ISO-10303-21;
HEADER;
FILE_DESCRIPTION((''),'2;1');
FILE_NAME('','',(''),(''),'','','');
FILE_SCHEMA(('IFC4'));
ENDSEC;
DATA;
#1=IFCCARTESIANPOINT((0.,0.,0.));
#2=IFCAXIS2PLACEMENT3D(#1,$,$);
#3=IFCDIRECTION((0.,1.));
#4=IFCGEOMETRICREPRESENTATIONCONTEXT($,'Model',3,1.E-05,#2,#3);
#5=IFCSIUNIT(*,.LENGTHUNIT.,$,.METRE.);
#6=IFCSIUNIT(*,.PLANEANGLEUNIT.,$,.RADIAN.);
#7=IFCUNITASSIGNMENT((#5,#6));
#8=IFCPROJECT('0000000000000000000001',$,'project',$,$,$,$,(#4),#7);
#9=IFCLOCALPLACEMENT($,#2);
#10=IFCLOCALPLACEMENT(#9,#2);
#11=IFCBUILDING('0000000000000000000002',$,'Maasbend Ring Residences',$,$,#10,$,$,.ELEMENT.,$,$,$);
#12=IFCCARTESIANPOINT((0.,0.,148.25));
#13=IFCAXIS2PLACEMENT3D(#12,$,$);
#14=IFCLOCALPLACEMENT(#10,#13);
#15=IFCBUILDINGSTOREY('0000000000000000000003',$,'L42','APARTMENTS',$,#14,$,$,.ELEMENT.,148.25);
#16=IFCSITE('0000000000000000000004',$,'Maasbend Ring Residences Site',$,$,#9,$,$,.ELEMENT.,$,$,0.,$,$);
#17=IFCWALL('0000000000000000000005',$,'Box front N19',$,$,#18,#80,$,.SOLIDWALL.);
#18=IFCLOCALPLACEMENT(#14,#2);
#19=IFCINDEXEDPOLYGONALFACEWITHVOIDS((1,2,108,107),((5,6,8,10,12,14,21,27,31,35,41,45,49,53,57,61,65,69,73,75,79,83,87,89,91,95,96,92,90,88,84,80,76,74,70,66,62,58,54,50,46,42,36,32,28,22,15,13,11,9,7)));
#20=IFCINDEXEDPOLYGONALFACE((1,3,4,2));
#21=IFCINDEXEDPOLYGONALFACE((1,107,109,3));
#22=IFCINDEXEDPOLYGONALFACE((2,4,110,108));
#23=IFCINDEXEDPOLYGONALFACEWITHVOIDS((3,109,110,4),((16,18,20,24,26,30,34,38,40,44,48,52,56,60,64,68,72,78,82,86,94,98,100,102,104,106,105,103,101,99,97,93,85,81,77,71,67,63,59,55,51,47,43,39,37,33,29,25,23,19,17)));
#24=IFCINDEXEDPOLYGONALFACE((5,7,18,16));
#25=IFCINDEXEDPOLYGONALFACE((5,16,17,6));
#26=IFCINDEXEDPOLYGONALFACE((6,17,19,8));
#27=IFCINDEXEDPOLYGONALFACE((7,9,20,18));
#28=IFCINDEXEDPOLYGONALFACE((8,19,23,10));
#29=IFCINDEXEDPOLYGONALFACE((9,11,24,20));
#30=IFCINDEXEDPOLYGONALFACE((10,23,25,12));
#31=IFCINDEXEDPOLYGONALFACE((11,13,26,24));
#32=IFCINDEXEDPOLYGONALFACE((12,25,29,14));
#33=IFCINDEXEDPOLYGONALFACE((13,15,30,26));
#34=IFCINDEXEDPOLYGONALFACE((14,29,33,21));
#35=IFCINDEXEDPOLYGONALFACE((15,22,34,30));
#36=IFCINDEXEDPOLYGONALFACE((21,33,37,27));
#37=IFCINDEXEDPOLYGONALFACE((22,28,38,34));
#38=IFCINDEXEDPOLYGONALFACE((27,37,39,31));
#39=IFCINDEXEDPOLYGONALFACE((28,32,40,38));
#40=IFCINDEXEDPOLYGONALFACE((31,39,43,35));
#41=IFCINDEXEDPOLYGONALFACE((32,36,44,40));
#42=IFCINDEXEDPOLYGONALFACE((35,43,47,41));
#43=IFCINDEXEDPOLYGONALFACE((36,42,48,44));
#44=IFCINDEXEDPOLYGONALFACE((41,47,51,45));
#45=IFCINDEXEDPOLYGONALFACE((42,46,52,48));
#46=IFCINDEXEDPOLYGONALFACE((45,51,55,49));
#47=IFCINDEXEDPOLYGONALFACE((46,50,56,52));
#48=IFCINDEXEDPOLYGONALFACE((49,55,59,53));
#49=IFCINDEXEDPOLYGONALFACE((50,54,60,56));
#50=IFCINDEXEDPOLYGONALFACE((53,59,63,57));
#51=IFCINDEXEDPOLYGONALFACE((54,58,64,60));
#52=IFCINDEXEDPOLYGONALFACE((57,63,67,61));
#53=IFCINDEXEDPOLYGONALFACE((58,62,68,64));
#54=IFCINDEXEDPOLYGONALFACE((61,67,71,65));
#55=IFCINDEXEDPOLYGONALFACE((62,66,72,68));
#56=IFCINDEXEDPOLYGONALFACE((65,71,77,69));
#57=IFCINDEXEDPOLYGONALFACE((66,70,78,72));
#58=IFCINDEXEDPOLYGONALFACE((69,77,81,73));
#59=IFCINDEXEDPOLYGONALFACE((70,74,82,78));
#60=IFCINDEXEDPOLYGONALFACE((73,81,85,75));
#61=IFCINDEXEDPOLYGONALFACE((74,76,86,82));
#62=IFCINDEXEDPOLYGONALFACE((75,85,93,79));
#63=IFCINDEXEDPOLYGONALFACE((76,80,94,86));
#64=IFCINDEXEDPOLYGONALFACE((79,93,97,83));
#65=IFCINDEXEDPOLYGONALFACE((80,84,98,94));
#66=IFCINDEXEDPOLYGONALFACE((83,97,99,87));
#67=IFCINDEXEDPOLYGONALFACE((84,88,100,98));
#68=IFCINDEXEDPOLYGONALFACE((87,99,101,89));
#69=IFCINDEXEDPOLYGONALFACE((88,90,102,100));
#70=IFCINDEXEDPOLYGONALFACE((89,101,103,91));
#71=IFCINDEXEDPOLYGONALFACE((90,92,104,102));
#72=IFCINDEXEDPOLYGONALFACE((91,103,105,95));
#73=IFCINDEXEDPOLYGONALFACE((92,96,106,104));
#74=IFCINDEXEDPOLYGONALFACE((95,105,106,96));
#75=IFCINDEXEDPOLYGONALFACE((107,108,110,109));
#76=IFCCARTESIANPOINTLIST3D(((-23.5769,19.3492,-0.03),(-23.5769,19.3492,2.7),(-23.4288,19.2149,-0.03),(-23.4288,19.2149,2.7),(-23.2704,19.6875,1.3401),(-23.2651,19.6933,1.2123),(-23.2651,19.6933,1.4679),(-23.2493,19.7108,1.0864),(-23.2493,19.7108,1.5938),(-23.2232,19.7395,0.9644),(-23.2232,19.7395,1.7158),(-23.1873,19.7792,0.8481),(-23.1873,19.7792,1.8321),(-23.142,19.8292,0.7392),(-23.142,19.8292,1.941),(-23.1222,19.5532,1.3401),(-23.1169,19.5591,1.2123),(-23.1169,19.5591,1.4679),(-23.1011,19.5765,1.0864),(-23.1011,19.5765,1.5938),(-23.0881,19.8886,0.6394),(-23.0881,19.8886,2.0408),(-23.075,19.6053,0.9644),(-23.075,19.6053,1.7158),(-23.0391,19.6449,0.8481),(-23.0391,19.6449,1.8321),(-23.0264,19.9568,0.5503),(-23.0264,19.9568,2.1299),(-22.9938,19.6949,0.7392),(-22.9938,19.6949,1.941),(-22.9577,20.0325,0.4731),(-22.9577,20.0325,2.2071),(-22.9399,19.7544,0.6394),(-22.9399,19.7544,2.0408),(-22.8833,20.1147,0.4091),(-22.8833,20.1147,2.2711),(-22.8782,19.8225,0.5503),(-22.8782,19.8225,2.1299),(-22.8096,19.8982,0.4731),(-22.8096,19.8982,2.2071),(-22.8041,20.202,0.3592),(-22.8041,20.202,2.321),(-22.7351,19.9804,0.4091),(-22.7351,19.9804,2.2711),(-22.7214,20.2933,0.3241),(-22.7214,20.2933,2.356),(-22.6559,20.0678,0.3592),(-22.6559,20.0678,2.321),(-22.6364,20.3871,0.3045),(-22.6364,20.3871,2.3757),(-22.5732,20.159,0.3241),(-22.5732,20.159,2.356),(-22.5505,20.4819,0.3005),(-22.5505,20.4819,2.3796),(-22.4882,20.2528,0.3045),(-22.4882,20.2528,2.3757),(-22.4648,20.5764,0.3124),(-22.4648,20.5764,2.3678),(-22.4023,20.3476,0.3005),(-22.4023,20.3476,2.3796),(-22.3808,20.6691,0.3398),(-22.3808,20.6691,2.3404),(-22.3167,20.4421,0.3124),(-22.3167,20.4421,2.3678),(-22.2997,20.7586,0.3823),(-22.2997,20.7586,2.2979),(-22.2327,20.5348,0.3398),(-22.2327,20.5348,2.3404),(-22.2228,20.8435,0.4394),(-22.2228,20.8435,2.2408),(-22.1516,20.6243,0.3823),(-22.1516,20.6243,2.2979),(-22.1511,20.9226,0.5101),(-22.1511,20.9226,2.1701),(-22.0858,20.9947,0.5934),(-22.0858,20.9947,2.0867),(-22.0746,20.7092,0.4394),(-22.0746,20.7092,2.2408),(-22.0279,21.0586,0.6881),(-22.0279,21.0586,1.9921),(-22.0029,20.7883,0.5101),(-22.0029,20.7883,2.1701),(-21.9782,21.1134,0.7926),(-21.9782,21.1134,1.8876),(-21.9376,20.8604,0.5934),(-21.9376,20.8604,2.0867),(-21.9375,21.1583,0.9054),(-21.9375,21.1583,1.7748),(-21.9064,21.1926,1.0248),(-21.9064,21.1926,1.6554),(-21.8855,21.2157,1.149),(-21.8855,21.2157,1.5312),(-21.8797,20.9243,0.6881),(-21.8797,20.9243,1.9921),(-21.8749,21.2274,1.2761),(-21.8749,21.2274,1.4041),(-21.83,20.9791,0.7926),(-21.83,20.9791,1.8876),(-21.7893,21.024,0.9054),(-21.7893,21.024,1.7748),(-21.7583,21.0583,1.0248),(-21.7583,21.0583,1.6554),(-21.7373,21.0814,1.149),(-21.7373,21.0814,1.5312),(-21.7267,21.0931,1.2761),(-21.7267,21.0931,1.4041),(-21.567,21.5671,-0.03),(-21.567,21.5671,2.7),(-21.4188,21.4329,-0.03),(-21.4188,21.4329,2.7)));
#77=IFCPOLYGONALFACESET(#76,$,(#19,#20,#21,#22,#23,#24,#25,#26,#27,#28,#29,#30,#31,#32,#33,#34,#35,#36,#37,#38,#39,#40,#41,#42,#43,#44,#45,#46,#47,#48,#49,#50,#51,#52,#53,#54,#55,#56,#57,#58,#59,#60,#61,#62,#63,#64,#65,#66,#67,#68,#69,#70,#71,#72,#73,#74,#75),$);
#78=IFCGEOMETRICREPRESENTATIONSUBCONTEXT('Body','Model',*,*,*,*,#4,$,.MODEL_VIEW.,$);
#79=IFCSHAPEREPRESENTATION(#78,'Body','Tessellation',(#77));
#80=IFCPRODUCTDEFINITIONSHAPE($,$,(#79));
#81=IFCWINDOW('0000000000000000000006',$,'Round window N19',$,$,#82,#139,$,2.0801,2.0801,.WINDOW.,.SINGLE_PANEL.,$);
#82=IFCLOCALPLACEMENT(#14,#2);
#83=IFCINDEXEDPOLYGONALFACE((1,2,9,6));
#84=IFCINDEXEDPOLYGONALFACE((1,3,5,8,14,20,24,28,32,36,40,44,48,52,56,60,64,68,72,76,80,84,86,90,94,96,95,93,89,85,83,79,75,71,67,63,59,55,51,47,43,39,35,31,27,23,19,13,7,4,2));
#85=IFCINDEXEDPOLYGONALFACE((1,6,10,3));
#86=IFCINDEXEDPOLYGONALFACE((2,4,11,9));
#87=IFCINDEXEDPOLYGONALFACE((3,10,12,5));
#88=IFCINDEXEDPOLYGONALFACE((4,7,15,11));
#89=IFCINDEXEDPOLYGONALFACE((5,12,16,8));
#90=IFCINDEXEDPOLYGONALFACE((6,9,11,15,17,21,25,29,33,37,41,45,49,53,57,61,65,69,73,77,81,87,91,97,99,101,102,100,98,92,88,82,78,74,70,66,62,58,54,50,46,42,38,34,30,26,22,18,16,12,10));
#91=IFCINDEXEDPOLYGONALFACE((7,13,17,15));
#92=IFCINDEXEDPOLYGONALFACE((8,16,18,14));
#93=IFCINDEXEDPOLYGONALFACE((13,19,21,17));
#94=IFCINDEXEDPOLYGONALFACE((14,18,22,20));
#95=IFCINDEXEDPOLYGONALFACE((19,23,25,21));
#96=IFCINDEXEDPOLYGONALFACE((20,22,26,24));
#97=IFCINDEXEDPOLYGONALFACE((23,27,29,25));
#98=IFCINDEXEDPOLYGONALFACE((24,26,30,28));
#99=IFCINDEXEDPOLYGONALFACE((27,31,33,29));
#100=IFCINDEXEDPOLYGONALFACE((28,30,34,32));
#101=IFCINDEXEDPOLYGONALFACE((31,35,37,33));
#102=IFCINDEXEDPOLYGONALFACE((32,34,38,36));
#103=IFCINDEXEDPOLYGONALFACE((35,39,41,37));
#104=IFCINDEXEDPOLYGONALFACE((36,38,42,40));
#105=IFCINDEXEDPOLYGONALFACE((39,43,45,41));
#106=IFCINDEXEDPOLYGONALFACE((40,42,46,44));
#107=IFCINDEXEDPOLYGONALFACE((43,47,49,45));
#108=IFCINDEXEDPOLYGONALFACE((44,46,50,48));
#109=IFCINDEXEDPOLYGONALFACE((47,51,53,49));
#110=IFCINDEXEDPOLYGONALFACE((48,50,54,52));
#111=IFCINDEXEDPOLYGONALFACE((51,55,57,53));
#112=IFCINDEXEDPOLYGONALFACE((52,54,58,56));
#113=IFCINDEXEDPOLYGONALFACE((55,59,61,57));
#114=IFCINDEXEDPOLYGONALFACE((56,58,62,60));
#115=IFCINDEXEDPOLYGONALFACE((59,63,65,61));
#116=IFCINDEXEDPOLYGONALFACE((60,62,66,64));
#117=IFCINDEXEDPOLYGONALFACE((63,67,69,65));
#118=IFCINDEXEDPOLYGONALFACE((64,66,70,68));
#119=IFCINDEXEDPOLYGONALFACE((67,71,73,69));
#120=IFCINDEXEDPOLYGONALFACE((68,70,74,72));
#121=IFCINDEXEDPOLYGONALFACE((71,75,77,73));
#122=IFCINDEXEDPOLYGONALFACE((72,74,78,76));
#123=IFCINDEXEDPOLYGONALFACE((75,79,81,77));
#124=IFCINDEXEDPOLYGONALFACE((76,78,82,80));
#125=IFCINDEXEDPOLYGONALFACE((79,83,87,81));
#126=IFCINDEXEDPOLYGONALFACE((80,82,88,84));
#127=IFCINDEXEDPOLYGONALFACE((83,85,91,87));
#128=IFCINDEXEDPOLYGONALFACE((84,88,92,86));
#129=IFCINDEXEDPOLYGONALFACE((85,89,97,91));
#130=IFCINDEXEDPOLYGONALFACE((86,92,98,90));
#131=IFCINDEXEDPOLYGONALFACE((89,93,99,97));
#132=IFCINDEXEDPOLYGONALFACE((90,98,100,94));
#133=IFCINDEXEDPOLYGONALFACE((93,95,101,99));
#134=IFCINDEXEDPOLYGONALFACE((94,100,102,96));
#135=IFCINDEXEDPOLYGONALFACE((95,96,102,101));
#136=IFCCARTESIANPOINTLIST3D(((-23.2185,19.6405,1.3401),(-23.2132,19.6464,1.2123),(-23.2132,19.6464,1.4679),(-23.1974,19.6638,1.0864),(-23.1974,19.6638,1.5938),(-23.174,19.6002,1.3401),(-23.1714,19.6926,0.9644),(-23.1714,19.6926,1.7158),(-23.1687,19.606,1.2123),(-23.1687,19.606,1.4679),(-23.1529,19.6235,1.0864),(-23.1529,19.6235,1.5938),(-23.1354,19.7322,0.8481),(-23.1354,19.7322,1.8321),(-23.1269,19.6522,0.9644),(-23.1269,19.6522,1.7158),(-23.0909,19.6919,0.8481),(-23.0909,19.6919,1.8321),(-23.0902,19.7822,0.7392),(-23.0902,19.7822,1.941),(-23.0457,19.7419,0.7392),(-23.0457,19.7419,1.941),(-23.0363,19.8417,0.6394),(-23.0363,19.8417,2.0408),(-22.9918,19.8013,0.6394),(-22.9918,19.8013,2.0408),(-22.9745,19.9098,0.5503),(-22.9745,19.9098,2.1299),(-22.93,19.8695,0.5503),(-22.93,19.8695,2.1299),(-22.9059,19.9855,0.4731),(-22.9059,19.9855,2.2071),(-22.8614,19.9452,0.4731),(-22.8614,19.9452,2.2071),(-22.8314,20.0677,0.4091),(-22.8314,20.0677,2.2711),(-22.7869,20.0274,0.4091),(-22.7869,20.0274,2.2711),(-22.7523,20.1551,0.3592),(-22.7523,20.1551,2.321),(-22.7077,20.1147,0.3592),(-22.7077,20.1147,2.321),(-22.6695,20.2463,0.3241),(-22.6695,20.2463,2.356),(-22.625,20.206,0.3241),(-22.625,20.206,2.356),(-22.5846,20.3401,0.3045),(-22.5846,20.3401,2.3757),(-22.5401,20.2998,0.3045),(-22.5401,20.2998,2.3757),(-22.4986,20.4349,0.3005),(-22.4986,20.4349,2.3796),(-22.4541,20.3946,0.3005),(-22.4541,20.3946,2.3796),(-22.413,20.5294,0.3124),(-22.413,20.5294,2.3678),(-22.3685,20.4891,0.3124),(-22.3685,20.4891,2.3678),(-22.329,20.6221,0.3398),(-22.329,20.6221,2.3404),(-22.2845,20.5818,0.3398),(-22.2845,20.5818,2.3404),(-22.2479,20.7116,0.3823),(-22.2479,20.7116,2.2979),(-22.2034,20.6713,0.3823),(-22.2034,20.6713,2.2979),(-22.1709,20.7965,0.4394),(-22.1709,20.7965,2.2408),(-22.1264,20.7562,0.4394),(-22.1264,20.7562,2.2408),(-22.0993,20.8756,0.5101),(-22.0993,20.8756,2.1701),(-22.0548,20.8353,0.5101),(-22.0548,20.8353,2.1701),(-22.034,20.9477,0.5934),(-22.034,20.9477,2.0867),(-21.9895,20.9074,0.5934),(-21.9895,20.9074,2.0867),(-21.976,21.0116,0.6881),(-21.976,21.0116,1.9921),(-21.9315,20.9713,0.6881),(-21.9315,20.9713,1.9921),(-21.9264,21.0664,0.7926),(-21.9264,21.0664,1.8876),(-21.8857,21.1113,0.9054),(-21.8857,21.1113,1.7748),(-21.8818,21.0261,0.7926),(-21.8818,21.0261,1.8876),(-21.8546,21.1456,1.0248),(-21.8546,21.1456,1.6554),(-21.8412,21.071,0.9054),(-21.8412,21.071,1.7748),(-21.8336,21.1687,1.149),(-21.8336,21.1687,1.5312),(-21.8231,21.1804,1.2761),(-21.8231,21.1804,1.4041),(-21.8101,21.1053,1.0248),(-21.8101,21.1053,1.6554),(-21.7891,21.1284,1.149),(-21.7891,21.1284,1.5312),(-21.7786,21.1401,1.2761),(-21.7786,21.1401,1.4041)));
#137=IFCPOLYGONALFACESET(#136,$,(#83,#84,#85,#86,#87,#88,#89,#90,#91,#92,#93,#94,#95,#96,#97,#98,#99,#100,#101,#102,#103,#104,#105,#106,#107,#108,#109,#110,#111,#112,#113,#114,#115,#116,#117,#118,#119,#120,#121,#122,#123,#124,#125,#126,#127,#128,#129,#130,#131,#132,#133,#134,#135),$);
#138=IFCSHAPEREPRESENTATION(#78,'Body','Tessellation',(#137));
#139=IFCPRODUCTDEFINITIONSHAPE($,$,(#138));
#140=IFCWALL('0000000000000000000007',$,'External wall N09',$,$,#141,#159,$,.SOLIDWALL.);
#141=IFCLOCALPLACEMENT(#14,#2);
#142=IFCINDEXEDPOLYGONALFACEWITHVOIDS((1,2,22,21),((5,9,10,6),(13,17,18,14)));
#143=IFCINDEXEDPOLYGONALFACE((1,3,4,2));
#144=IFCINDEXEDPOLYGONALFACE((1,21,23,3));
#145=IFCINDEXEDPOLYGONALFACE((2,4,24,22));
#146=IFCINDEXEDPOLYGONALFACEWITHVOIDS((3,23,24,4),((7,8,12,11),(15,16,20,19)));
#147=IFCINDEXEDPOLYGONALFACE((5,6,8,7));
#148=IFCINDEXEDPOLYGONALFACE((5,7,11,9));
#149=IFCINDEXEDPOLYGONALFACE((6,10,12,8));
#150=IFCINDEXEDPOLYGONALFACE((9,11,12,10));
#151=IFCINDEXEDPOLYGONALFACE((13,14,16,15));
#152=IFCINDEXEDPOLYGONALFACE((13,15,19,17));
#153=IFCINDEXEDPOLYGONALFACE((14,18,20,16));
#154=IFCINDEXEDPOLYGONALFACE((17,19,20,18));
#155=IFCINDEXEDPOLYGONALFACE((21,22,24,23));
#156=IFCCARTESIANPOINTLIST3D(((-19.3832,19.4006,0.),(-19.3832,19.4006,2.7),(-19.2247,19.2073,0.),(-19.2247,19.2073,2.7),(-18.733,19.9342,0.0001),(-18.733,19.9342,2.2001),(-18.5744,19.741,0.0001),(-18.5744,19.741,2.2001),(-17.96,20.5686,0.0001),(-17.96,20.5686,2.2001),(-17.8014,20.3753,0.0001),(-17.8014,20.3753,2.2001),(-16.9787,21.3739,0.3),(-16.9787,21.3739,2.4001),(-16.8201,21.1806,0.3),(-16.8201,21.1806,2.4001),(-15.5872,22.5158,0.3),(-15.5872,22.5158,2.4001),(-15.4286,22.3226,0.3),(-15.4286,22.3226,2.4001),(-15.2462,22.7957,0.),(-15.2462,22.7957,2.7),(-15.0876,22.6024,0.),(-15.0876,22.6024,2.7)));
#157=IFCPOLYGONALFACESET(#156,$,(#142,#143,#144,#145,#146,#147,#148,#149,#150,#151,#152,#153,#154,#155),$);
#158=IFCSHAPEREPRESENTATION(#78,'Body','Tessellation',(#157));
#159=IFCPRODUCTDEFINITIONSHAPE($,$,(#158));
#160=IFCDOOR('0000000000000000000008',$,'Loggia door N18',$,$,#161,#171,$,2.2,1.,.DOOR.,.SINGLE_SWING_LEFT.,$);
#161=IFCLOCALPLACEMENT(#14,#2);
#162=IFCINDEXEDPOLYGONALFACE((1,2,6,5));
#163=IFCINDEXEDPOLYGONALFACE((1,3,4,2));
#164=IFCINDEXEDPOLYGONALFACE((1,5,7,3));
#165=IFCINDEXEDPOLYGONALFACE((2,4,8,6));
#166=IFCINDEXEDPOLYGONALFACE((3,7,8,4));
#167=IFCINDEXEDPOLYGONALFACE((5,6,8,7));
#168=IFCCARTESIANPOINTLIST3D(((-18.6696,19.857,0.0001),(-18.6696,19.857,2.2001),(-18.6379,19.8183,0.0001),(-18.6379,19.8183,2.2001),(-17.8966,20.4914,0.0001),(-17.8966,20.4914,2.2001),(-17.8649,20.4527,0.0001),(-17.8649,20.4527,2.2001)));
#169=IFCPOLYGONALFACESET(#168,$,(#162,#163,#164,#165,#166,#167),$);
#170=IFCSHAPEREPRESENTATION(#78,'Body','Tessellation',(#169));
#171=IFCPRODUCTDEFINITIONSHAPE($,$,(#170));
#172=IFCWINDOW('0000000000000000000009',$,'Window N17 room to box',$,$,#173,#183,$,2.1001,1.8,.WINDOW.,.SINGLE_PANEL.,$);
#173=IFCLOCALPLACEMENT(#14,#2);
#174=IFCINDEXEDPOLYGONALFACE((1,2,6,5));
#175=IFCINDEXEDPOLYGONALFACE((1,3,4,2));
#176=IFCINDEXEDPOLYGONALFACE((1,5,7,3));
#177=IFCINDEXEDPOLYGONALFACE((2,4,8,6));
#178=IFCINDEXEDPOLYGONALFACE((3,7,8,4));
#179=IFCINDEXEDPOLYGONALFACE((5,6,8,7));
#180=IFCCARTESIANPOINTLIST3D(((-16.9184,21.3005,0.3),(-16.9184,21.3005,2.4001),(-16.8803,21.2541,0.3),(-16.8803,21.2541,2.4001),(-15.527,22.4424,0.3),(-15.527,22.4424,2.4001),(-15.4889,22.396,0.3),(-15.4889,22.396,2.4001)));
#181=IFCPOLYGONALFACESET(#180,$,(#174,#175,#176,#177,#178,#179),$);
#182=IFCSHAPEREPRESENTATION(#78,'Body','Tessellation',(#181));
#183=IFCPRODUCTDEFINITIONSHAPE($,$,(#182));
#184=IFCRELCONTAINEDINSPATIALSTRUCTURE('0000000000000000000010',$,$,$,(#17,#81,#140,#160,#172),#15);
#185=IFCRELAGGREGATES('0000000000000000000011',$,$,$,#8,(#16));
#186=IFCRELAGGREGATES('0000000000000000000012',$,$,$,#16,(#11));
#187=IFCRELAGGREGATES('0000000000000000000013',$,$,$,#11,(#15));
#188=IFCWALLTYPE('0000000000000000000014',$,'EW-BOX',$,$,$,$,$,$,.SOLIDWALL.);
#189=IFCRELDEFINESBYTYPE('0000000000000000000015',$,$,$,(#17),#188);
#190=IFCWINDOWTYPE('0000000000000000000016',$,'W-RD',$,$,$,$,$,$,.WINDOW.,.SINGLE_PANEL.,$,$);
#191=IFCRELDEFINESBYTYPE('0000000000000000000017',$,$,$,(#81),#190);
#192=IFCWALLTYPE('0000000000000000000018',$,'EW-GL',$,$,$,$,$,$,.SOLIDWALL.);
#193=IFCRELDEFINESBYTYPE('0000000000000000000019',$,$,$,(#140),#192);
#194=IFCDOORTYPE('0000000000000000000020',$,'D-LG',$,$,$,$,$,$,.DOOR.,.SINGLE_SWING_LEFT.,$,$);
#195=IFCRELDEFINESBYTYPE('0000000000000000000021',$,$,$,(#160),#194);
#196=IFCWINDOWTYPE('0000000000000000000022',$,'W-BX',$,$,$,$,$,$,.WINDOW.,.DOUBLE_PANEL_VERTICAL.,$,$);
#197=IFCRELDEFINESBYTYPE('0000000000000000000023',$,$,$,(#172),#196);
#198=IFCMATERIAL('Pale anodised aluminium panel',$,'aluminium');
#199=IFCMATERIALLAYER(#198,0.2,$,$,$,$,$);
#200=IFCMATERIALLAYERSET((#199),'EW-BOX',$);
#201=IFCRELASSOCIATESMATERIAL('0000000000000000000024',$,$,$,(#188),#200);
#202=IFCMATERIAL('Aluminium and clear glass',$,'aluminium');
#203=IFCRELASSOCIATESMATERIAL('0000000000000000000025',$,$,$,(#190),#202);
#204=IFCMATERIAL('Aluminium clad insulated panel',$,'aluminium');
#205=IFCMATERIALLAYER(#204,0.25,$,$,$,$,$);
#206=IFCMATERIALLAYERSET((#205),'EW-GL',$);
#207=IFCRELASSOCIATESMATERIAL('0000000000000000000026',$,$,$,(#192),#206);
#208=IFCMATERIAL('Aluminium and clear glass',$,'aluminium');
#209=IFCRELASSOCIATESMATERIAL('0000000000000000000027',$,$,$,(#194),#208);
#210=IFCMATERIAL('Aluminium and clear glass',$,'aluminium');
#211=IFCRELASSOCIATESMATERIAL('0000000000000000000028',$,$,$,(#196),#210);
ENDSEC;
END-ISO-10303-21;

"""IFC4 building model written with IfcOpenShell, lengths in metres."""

from ifc_helpers import new_model, si_unit, direction, frame, frame_2d, origin, place, context, subcontext, project, spatial, rectangle, circle, extrude, material, layer, layer_set, type_object, element, fill, save


model = new_model("IFC4")

# Units and contexts
model_context = context("Model", 3, precision=1e-05, world=origin(), true_north=direction((0.0, 1.0)))
body_context = subcontext(model_context, "Body", "Model", "MODEL_VIEW")
ifc_project = project(units=[si_unit("LENGTHUNIT", "METRE"), si_unit("PLANEANGLEUNIT", "RADIAN")], contexts=[model_context])

# Site, building, storey
site_placement = place(None, origin())
site = spatial("IfcSite", under=ifc_project, at=site_placement, Name="Maasbend Ring Residences Site", CompositionType="ELEMENT", RefElevation=0.0)
building_placement = place(site_placement, origin())
building = spatial("IfcBuilding", under=site, at=building_placement, Name="Maasbend Ring Residences", CompositionType="ELEMENT")
storey_placement = place(building_placement, frame((0.0, 0.0, 148.25)))
storey = spatial("IfcBuildingStorey", under=building, at=storey_placement, Name="L42", Description="APARTMENTS", CompositionType="ELEMENT", Elevation=148.25)

# Shared definitions
ifc_material_1 = material(Name="Pale anodised aluminium panel", Category="aluminium")
ifc_layer_1 = layer(ifc_material_1, 0.2)
ifc_layer_set_1 = layer_set([ifc_layer_1], Name="EW-BOX")
wall_type_1 = type_object("IfcWallType", Name="EW-BOX", PredefinedType="SOLIDWALL", material=ifc_layer_set_1)
ifc_material_2 = material(Name="Aluminium and clear glass", Category="aluminium")
window_type_1 = type_object("IfcWindowType", Name="W-RD", PartitioningType="SINGLE_PANEL", PredefinedType="WINDOW", material=ifc_material_2)

# Wall, opening, window
wall_1_placement = place(storey_placement, frame((-21.4929, 21.5, -0.03), z_axis=(0.0, 0.0, 1.0), x_axis=(-0.671507, -0.740998, 0.0)))
wall_1 = element("IfcWall", 1, at=wall_1_placement, inside=storey, type_object=wall_type_1, Name="Box front N19", PredefinedType="SOLIDWALL", context=body_context, shape_type="SweptSolid", body=[
    extrude(rectangle(XDim=2.9932, YDim=0.2, at=frame_2d((1.4966, 0.0))), origin(), (0.0, 0.0, 1.0), 2.73),
])
opening_1_placement = place(wall_1_placement, frame((0.4565, 0.0, 0.3301)))
opening_1 = element("IfcOpeningElement", 2, at=opening_1_placement, cuts=wall_1, PredefinedType="OPENING", context=body_context, shape_type="SweptSolid", body=[
    extrude(circle(Radius=1.04, at=frame_2d((1.04, 1.04))), frame((0.0, 0.1099, 0.0), z_axis=(0.0, -1.0, 0.0), x_axis=(1.0, 0.0, 0.0)), (0.0, 0.0, 1.0), 0.22),
])
window_1_placement = place(opening_1_placement, origin())
window_1 = element("IfcWindow", 3, at=window_1_placement, inside=storey, type_object=window_type_1, Name="Round window N19", OverallHeight=2.0801, OverallWidth=2.0801, PartitioningType="SINGLE_PANEL", PredefinedType="WINDOW", context=body_context, shape_type="SweptSolid", body=[
    extrude(circle(Radius=1.04, at=frame_2d((1.04, 1.04))), frame((0.0, 0.03, 0.0), z_axis=(0.0, -1.0, 0.0), x_axis=(1.0, 0.0, 0.0)), (0.0, 0.0, 1.0), 0.0601),
])
fill(opening_1, window_1)

# Wall, openings, door, window
ifc_material_3 = material(Name="Aluminium clad insulated panel", Category="aluminium")
ifc_layer_2 = layer(ifc_material_3, 0.25)
ifc_layer_set_2 = layer_set([ifc_layer_2], Name="EW-GL")
wall_type_2 = type_object("IfcWallType", Name="EW-GL", PredefinedType="SOLIDWALL", material=ifc_layer_set_2)
wall_2_placement = place(storey_placement, frame((-15.167, 22.699, 0.0), z_axis=(0.0, 0.0, 1.0), x_axis=(-0.773019, -0.634382, 0.0)))
wall_2 = element("IfcWall", 4, at=wall_2_placement, inside=storey, type_object=wall_type_2, Name="External wall N09", PredefinedType="SOLIDWALL", context=body_context, shape_type="SweptSolid", body=[
    extrude(rectangle(XDim=5.3518, YDim=0.25, at=frame_2d((2.6758, 0.0))), origin(), (0.0, 0.0, 1.0), 2.7),
])
opening_2_placement = place(wall_2_placement, frame((0.4412, 0.0, 0.3)))
opening_2 = element("IfcOpeningElement", 5, at=opening_2_placement, cuts=wall_2, PredefinedType="OPENING", context=body_context, shape_type="SweptSolid", body=[
    extrude(rectangle(XDim=1.8, YDim=2.1001, at=frame_2d((0.8999, 1.05))), frame((0.0, 0.135, 0.0), z_axis=(0.0, -1.0, 0.0), x_axis=(1.0, 0.0, 0.0)), (0.0, 0.0, 1.0), 0.27),
])
opening_3_placement = place(wall_2_placement, frame((3.5105, 0.0, 0.0)))
opening_3 = element("IfcOpeningElement", 6, at=opening_3_placement, cuts=wall_2, PredefinedType="OPENING", context=body_context, shape_type="SweptSolid", body=[
    extrude(rectangle(XDim=1.0, YDim=2.2, at=frame_2d((0.5, 1.1001))), frame((0.0, 0.135, 0.0), z_axis=(0.0, -1.0, 0.0), x_axis=(1.0, 0.0, 0.0)), (0.0, 0.0, 1.0), 0.27),
])
ifc_material_4 = material(Name="Aluminium and clear glass", Category="aluminium")
door_type_1 = type_object("IfcDoorType", Name="D-LG", OperationType="SINGLE_SWING_LEFT", PredefinedType="DOOR", material=ifc_material_4)
door_1_placement = place(opening_3_placement, origin())
door_1 = element("IfcDoor", 7, at=door_1_placement, inside=storey, type_object=door_type_1, Name="Loggia door N18", OperationType="SINGLE_SWING_LEFT", OverallHeight=2.2, OverallWidth=1.0, PredefinedType="DOOR", context=body_context, shape_type="SweptSolid", body=[
    extrude(rectangle(XDim=1.0, YDim=2.2, at=frame_2d((0.5, 1.1001))), frame((0.0, 0.0249, 0.0), z_axis=(0.0, -1.0, 0.0), x_axis=(1.0, 0.0, 0.0)), (0.0, 0.0, 1.0), 0.05),
])
fill(opening_3, door_1)
ifc_material_5 = material(Name="Aluminium and clear glass", Category="aluminium")
window_type_2 = type_object("IfcWindowType", Name="W-BX", PartitioningType="DOUBLE_PANEL_VERTICAL", PredefinedType="WINDOW", material=ifc_material_5)
window_2_placement = place(opening_2_placement, origin())
window_2 = element("IfcWindow", 8, at=window_2_placement, inside=storey, type_object=window_type_2, Name="Window N17 room to box", OverallHeight=2.1001, OverallWidth=1.8, PartitioningType="SINGLE_PANEL", PredefinedType="WINDOW", context=body_context, shape_type="SweptSolid", body=[
    extrude(rectangle(XDim=1.8, YDim=2.1001, at=frame_2d((0.8999, 1.05))), frame((0.0, 0.03, 0.0), z_axis=(0.0, -1.0, 0.0), x_axis=(1.0, 0.0, 0.0)), (0.0, 0.0, 1.0), 0.0601),
])
fill(opening_2, window_2)

save(model, "model.ifc")
